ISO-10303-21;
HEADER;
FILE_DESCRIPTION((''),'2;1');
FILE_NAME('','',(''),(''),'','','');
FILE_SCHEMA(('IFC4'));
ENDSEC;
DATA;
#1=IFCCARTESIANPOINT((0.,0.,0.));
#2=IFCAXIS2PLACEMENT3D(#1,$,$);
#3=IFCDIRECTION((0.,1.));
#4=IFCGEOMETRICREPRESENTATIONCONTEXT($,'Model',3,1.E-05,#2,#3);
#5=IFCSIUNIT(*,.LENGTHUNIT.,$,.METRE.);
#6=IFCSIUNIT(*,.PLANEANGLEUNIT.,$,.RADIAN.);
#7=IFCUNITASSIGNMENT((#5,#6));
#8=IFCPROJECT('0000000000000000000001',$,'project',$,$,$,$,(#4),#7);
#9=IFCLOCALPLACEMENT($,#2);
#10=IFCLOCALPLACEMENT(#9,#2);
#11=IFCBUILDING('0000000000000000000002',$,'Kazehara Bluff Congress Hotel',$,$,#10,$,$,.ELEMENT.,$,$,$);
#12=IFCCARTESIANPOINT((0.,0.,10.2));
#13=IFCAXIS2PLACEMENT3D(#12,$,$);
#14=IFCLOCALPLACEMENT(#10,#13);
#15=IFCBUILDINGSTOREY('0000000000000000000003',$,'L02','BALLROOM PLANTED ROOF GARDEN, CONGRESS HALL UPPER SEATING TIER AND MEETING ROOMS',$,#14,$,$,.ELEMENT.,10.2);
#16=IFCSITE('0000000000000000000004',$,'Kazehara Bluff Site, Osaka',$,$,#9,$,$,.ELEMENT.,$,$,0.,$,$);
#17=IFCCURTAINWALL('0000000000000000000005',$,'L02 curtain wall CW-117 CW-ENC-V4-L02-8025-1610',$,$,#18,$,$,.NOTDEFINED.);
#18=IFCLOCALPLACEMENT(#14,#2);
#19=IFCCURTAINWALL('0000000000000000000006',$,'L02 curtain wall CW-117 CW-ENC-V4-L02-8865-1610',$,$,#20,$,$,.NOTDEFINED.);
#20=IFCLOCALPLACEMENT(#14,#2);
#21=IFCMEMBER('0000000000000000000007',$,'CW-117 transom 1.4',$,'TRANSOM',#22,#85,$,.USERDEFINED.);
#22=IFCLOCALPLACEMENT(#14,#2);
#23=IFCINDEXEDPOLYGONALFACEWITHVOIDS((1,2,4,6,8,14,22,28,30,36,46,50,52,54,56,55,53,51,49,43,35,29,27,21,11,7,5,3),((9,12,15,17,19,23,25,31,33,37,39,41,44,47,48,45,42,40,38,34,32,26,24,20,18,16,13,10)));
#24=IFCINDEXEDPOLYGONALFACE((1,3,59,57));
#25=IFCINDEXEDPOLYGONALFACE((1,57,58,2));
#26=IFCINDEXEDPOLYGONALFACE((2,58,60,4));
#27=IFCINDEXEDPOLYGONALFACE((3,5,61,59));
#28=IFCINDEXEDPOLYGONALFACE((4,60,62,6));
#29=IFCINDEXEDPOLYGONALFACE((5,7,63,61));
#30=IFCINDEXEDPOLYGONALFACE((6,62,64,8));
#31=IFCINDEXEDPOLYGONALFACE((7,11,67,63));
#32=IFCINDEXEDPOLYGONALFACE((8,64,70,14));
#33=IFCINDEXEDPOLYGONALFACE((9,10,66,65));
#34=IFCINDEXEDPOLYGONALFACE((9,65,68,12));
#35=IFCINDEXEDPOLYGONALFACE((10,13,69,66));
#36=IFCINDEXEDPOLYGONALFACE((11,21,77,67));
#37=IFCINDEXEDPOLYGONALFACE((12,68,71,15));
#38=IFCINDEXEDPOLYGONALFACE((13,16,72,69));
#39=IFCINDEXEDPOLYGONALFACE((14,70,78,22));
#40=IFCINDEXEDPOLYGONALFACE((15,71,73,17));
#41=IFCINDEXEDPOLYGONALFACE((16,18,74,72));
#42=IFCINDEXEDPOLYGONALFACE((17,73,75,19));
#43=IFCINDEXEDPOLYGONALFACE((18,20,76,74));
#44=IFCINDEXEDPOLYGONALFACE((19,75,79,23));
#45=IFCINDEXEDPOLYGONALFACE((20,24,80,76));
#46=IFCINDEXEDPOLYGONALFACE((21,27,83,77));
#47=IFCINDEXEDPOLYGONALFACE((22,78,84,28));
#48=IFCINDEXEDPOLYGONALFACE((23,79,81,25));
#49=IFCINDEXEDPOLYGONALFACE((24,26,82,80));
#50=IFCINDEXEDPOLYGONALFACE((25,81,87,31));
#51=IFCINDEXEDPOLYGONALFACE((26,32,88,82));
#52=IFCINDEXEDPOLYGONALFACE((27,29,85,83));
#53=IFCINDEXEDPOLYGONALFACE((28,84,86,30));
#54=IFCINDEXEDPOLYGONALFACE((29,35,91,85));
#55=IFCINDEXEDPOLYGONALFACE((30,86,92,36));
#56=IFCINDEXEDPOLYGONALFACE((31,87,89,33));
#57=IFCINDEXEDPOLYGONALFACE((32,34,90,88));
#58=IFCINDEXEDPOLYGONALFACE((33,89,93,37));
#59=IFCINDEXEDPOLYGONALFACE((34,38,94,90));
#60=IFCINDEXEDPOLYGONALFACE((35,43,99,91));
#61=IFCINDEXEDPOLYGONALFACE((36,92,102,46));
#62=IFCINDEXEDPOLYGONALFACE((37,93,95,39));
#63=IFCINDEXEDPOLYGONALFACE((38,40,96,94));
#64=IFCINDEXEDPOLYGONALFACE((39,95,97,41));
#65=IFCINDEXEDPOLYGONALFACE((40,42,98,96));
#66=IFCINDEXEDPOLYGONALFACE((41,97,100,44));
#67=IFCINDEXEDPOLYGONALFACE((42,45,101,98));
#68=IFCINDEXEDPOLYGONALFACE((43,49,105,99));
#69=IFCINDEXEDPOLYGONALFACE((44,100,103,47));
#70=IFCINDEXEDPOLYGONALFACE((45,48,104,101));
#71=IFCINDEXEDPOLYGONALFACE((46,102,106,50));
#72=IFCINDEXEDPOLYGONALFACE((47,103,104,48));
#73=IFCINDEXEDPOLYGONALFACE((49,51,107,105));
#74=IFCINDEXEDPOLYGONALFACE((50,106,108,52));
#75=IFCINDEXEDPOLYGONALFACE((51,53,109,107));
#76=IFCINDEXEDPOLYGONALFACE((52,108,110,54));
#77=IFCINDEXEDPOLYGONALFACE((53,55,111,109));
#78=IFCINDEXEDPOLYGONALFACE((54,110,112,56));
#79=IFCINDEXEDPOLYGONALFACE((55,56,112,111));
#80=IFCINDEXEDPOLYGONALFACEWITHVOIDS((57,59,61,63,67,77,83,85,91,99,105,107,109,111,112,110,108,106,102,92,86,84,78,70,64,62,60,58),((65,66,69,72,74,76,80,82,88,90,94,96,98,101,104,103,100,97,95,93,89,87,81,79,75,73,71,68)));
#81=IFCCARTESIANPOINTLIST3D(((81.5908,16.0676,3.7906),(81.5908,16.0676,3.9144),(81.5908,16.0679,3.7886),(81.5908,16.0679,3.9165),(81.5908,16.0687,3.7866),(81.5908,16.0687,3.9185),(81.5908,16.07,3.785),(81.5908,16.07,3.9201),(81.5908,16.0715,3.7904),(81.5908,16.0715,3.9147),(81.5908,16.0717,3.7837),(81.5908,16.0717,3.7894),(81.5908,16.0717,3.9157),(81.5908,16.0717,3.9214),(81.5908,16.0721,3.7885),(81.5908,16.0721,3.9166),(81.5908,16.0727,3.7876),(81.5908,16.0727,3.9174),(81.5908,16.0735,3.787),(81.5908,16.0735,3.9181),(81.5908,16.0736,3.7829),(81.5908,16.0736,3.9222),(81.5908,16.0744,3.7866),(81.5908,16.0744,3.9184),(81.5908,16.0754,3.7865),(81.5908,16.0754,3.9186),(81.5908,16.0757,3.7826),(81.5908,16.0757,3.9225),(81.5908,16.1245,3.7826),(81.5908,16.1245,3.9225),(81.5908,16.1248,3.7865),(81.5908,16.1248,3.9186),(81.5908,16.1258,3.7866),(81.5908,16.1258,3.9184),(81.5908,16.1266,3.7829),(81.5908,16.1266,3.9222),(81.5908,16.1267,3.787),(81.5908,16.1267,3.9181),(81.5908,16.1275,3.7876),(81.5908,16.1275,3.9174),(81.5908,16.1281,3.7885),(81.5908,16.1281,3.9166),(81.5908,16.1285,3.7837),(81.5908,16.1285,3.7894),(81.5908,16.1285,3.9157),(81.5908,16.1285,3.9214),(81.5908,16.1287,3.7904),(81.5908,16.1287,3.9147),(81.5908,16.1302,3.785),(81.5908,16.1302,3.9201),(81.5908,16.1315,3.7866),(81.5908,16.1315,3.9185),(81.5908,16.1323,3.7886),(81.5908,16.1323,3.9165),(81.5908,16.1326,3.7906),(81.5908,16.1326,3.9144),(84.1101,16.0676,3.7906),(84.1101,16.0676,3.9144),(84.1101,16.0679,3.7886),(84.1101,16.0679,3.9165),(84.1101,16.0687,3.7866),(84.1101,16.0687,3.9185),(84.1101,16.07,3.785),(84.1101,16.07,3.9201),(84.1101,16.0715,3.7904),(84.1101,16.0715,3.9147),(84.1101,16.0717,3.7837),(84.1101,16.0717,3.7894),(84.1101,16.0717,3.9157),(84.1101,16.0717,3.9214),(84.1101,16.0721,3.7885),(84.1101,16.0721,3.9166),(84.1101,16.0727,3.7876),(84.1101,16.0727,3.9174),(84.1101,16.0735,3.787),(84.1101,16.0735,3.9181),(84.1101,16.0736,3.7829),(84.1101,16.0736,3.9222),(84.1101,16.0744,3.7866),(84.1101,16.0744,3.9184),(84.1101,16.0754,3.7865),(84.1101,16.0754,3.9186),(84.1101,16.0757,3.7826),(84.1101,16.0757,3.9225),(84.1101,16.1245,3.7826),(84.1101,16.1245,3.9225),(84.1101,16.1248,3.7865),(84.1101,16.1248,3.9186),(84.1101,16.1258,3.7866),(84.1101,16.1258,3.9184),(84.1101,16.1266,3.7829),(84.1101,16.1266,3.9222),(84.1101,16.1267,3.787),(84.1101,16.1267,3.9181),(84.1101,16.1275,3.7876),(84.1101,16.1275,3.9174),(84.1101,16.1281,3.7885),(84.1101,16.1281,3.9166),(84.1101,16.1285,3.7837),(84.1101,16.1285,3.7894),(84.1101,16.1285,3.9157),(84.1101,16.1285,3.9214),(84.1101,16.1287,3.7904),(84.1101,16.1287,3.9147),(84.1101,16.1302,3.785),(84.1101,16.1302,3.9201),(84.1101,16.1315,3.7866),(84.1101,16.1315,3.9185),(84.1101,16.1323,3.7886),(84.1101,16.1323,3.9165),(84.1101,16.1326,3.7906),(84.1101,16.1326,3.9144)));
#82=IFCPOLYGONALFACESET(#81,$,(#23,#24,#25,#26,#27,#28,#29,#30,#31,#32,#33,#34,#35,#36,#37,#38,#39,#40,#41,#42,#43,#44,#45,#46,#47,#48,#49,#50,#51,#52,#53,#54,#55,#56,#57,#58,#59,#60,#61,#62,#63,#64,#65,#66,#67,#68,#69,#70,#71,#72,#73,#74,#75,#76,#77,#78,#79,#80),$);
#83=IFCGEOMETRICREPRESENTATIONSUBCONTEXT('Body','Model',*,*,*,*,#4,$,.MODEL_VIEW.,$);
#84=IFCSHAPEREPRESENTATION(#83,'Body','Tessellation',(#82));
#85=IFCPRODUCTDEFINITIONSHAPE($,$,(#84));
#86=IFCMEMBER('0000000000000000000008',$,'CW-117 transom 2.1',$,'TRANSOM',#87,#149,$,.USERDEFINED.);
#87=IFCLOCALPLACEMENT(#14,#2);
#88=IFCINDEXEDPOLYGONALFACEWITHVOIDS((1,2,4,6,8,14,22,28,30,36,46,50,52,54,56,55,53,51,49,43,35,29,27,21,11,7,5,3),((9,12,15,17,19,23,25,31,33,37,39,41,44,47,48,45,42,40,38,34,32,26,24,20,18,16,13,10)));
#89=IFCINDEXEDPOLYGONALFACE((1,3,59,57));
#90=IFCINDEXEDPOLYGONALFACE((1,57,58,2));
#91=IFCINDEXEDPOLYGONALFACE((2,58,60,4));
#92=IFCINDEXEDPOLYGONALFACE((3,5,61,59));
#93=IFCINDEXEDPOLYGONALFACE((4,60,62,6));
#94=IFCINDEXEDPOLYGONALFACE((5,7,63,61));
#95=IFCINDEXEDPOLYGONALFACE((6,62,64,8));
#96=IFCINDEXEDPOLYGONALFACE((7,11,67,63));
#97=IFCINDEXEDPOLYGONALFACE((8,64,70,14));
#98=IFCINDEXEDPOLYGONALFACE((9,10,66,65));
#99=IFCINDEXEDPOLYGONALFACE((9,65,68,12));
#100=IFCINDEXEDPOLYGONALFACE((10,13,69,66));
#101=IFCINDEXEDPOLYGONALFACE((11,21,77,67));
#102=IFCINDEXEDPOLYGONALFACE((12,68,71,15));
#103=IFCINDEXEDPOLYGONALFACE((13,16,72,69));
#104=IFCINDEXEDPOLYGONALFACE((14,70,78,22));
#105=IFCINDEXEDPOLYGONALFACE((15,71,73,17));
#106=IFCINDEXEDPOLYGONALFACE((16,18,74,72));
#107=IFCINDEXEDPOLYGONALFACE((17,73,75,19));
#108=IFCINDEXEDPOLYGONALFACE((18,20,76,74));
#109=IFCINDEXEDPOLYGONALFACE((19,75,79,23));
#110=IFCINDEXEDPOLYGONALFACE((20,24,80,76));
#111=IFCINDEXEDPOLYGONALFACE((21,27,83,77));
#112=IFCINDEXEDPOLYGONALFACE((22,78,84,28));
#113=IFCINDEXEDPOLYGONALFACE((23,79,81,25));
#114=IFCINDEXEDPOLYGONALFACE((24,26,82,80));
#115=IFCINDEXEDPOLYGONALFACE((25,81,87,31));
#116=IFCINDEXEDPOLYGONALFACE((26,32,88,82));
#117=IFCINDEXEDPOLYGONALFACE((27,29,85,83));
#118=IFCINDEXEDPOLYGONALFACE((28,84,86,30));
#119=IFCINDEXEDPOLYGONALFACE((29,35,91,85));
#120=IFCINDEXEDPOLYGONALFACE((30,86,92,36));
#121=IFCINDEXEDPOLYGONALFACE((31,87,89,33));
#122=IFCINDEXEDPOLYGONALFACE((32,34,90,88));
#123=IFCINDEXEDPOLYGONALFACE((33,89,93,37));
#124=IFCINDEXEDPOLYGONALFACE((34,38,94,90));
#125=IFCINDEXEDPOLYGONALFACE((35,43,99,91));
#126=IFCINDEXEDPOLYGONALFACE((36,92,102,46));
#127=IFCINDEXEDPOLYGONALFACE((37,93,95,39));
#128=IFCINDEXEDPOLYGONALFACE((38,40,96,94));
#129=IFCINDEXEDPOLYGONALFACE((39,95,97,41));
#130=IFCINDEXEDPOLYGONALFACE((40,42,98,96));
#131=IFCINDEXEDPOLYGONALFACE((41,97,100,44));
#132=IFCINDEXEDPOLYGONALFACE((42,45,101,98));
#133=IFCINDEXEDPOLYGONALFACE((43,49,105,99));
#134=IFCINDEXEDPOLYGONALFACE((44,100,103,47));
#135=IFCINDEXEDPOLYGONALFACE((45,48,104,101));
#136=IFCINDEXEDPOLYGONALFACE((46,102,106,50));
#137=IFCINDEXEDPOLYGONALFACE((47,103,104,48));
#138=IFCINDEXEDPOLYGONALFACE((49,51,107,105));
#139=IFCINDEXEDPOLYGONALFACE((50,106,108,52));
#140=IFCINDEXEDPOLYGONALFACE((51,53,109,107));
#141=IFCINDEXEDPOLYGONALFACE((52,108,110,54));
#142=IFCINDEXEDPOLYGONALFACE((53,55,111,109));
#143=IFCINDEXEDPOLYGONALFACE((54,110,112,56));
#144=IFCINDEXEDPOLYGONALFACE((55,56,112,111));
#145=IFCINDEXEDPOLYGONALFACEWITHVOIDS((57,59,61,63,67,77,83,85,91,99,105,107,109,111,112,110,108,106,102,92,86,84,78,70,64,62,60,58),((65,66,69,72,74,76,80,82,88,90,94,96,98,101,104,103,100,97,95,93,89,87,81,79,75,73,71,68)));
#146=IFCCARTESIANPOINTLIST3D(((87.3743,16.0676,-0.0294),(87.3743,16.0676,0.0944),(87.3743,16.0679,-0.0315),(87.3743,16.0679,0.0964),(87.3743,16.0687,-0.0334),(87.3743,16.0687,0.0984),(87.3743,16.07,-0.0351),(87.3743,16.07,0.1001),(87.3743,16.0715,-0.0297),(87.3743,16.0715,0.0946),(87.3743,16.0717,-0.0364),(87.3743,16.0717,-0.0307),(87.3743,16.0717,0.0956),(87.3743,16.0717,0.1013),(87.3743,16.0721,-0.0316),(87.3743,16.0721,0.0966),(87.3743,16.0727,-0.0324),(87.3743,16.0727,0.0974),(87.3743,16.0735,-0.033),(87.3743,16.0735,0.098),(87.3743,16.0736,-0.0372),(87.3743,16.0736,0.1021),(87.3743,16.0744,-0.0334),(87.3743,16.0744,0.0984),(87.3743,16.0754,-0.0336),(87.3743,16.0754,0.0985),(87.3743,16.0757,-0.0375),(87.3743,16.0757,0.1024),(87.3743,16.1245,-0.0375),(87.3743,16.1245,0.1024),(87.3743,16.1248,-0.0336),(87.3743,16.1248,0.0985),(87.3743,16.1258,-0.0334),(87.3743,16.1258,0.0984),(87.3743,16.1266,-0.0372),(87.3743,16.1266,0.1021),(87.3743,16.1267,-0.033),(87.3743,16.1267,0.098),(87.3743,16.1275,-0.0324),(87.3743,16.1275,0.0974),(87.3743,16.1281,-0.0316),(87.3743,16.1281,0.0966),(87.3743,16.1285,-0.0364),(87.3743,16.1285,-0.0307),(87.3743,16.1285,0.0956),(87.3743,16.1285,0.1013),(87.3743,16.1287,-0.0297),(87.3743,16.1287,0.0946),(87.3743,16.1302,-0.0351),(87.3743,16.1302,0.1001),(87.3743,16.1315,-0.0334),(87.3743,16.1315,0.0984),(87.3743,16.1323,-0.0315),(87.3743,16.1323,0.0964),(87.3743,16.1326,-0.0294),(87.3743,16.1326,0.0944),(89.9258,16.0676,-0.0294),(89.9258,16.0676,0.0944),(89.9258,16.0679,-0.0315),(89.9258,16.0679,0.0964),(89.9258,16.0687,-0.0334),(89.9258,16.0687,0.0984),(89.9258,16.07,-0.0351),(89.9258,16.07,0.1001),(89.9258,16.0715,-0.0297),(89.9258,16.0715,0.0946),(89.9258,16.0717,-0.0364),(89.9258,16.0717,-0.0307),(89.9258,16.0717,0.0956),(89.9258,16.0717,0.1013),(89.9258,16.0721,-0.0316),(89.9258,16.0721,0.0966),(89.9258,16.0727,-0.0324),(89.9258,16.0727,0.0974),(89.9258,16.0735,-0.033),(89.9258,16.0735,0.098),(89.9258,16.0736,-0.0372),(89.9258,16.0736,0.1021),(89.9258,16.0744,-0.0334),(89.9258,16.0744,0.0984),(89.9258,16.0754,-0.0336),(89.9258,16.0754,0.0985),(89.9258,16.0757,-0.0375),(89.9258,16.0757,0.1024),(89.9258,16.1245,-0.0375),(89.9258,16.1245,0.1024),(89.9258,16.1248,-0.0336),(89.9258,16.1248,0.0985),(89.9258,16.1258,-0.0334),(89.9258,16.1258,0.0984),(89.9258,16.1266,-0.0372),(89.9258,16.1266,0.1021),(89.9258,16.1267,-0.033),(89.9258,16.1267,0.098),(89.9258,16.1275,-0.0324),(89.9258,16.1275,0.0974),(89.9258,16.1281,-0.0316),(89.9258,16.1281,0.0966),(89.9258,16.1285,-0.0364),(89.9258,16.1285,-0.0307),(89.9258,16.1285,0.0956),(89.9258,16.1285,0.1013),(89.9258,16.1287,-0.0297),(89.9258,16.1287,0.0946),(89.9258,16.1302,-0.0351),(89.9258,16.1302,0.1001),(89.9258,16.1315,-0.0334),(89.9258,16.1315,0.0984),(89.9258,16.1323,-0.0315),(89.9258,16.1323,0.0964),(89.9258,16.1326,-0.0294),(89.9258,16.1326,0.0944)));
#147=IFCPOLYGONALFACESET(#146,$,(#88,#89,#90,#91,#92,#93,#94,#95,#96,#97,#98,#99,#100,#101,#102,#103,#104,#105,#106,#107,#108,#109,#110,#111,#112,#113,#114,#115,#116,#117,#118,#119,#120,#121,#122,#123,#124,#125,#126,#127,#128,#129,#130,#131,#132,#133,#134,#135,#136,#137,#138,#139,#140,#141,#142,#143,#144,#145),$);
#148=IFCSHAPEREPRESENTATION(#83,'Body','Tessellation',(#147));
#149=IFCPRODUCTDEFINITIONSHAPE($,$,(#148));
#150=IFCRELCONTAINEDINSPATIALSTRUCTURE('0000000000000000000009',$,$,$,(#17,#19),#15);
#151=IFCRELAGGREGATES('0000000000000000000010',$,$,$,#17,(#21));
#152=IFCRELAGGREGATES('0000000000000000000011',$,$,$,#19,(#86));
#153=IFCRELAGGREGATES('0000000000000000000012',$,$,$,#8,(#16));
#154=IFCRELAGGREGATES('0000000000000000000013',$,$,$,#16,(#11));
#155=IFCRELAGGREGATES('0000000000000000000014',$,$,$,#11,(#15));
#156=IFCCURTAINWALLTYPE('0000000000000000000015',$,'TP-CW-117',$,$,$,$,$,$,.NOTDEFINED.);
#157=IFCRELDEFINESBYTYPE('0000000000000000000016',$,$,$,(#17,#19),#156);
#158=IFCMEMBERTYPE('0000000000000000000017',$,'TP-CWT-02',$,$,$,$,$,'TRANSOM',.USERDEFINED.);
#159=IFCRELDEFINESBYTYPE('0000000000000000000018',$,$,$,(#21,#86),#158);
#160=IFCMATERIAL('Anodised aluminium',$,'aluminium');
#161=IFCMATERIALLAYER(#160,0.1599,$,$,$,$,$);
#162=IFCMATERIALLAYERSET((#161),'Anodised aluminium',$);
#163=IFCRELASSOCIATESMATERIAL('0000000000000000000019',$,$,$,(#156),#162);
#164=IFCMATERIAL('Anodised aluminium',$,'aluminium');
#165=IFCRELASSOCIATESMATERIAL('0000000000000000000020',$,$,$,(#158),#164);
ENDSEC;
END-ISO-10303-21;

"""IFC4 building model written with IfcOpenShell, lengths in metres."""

from ifc_helpers import new_model, si_unit, direction, frame, origin, origin_2d, place, context, subcontext, project, spatial, hollow_rectangle, extrude, material, layer, layer_set, material_profile, profile_set, type_object, element, aggregate, save


model = new_model("IFC4")

# Units and contexts
model_context = context("Model", 3, precision=1e-05, world=origin(), true_north=direction((0.0, 1.0)))
body_context = subcontext(model_context, "Body", "Model", "MODEL_VIEW")
ifc_project = project(units=[si_unit("LENGTHUNIT", "METRE"), si_unit("PLANEANGLEUNIT", "RADIAN")], contexts=[model_context])

# Site, building, storey
site_placement = place(None, origin())
site = spatial("IfcSite", under=ifc_project, at=site_placement, Name="Kazehara Bluff Site, Osaka", CompositionType="ELEMENT", RefElevation=0.0)
building_placement = place(site_placement, origin())
building = spatial("IfcBuilding", under=site, at=building_placement, Name="Kazehara Bluff Congress Hotel", CompositionType="ELEMENT")
storey_placement = place(building_placement, frame((0.0, 0.0, 10.2)))
storey = spatial("IfcBuildingStorey", under=building, at=storey_placement, Name="L02", Description="BALLROOM PLANTED ROOF GARDEN, CONGRESS HALL UPPER SEATING TIER AND MEETING ROOMS", CompositionType="ELEMENT", Elevation=10.2)

# Curtain wall
ifc_material_1 = material(Name="Anodised aluminium", Category="aluminium")
ifc_layer_1 = layer(ifc_material_1, 0.1599)
ifc_layer_set_1 = layer_set([ifc_layer_1], Name="Anodised aluminium")
curtain_wall_type = type_object("IfcCurtainWallType", Name="TP-CW-117", PredefinedType="NOTDEFINED", material=ifc_layer_set_1)
curtain_wall_1_placement = place(storey_placement, origin())
curtain_wall_1 = element("IfcCurtainWall", 1, at=curtain_wall_1_placement, inside=storey, type_object=curtain_wall_type, Name="L02 curtain wall CW-117 CW-ENC-V4-L02-8025-1610", PredefinedType="NOTDEFINED")

# Curtain wall
curtain_wall_2_placement = place(storey_placement, origin())
curtain_wall_2 = element("IfcCurtainWall", 2, at=curtain_wall_2_placement, inside=storey, type_object=curtain_wall_type, Name="L02 curtain wall CW-117 CW-ENC-V4-L02-8865-1610", PredefinedType="NOTDEFINED")

# Members
ifc_material_2 = material(Name="Anodised aluminium", Category="aluminium")
ifc_material_profile_1 = material_profile(ifc_material_2, hollow_rectangle(XDim=0.0649, YDim=0.1399, WallThickness=0.0039, InnerFilletRadius=0.0039, OuterFilletRadius=0.0081, at=origin_2d()))
ifc_profile_set_1 = profile_set([ifc_material_profile_1], Name="Anodised aluminium")
member_type_1 = type_object("IfcMemberType", Name="TP-CWT-02", ElementType="TRANSOM", PredefinedType="USERDEFINED", material=ifc_profile_set_1)
member_1_placement = place(storey_placement, frame((84.1101, 16.1001, 3.8525), z_axis=(-1.0, 0.0, 0.0), x_axis=(0.0, -1.0, 0.0)))
member_1 = element("IfcMember", 3, at=member_1_placement, type_object=member_type_1, Name="CW-117 transom 1.4", ObjectType="TRANSOM", PredefinedType="USERDEFINED", context=body_context, shape_type="SweptSolid", body=[
    extrude(hollow_rectangle(XDim=0.0649, YDim=0.1399, WallThickness=0.0039, InnerFilletRadius=0.0039, OuterFilletRadius=0.0081, at=origin_2d()), origin(), (0.0, 0.0, 1.0), 2.5193),
])
member_2_placement = place(storey_placement, frame((89.9258, 16.1001, 0.0325), z_axis=(-1.0, 0.0, 0.0), x_axis=(0.0, -1.0, 0.0)))
member_2 = element("IfcMember", 4, at=member_2_placement, type_object=member_type_1, Name="CW-117 transom 2.1", ObjectType="TRANSOM", PredefinedType="USERDEFINED", context=body_context, shape_type="SweptSolid", body=[
    extrude(hollow_rectangle(XDim=0.0649, YDim=0.1399, WallThickness=0.0039, InnerFilletRadius=0.0039, OuterFilletRadius=0.0081, at=origin_2d()), origin(), (0.0, 0.0, 1.0), 2.5515),
])

aggregate(curtain_wall_1, [member_1])
aggregate(curtain_wall_2, [member_2])

save(model, "model.ifc")
